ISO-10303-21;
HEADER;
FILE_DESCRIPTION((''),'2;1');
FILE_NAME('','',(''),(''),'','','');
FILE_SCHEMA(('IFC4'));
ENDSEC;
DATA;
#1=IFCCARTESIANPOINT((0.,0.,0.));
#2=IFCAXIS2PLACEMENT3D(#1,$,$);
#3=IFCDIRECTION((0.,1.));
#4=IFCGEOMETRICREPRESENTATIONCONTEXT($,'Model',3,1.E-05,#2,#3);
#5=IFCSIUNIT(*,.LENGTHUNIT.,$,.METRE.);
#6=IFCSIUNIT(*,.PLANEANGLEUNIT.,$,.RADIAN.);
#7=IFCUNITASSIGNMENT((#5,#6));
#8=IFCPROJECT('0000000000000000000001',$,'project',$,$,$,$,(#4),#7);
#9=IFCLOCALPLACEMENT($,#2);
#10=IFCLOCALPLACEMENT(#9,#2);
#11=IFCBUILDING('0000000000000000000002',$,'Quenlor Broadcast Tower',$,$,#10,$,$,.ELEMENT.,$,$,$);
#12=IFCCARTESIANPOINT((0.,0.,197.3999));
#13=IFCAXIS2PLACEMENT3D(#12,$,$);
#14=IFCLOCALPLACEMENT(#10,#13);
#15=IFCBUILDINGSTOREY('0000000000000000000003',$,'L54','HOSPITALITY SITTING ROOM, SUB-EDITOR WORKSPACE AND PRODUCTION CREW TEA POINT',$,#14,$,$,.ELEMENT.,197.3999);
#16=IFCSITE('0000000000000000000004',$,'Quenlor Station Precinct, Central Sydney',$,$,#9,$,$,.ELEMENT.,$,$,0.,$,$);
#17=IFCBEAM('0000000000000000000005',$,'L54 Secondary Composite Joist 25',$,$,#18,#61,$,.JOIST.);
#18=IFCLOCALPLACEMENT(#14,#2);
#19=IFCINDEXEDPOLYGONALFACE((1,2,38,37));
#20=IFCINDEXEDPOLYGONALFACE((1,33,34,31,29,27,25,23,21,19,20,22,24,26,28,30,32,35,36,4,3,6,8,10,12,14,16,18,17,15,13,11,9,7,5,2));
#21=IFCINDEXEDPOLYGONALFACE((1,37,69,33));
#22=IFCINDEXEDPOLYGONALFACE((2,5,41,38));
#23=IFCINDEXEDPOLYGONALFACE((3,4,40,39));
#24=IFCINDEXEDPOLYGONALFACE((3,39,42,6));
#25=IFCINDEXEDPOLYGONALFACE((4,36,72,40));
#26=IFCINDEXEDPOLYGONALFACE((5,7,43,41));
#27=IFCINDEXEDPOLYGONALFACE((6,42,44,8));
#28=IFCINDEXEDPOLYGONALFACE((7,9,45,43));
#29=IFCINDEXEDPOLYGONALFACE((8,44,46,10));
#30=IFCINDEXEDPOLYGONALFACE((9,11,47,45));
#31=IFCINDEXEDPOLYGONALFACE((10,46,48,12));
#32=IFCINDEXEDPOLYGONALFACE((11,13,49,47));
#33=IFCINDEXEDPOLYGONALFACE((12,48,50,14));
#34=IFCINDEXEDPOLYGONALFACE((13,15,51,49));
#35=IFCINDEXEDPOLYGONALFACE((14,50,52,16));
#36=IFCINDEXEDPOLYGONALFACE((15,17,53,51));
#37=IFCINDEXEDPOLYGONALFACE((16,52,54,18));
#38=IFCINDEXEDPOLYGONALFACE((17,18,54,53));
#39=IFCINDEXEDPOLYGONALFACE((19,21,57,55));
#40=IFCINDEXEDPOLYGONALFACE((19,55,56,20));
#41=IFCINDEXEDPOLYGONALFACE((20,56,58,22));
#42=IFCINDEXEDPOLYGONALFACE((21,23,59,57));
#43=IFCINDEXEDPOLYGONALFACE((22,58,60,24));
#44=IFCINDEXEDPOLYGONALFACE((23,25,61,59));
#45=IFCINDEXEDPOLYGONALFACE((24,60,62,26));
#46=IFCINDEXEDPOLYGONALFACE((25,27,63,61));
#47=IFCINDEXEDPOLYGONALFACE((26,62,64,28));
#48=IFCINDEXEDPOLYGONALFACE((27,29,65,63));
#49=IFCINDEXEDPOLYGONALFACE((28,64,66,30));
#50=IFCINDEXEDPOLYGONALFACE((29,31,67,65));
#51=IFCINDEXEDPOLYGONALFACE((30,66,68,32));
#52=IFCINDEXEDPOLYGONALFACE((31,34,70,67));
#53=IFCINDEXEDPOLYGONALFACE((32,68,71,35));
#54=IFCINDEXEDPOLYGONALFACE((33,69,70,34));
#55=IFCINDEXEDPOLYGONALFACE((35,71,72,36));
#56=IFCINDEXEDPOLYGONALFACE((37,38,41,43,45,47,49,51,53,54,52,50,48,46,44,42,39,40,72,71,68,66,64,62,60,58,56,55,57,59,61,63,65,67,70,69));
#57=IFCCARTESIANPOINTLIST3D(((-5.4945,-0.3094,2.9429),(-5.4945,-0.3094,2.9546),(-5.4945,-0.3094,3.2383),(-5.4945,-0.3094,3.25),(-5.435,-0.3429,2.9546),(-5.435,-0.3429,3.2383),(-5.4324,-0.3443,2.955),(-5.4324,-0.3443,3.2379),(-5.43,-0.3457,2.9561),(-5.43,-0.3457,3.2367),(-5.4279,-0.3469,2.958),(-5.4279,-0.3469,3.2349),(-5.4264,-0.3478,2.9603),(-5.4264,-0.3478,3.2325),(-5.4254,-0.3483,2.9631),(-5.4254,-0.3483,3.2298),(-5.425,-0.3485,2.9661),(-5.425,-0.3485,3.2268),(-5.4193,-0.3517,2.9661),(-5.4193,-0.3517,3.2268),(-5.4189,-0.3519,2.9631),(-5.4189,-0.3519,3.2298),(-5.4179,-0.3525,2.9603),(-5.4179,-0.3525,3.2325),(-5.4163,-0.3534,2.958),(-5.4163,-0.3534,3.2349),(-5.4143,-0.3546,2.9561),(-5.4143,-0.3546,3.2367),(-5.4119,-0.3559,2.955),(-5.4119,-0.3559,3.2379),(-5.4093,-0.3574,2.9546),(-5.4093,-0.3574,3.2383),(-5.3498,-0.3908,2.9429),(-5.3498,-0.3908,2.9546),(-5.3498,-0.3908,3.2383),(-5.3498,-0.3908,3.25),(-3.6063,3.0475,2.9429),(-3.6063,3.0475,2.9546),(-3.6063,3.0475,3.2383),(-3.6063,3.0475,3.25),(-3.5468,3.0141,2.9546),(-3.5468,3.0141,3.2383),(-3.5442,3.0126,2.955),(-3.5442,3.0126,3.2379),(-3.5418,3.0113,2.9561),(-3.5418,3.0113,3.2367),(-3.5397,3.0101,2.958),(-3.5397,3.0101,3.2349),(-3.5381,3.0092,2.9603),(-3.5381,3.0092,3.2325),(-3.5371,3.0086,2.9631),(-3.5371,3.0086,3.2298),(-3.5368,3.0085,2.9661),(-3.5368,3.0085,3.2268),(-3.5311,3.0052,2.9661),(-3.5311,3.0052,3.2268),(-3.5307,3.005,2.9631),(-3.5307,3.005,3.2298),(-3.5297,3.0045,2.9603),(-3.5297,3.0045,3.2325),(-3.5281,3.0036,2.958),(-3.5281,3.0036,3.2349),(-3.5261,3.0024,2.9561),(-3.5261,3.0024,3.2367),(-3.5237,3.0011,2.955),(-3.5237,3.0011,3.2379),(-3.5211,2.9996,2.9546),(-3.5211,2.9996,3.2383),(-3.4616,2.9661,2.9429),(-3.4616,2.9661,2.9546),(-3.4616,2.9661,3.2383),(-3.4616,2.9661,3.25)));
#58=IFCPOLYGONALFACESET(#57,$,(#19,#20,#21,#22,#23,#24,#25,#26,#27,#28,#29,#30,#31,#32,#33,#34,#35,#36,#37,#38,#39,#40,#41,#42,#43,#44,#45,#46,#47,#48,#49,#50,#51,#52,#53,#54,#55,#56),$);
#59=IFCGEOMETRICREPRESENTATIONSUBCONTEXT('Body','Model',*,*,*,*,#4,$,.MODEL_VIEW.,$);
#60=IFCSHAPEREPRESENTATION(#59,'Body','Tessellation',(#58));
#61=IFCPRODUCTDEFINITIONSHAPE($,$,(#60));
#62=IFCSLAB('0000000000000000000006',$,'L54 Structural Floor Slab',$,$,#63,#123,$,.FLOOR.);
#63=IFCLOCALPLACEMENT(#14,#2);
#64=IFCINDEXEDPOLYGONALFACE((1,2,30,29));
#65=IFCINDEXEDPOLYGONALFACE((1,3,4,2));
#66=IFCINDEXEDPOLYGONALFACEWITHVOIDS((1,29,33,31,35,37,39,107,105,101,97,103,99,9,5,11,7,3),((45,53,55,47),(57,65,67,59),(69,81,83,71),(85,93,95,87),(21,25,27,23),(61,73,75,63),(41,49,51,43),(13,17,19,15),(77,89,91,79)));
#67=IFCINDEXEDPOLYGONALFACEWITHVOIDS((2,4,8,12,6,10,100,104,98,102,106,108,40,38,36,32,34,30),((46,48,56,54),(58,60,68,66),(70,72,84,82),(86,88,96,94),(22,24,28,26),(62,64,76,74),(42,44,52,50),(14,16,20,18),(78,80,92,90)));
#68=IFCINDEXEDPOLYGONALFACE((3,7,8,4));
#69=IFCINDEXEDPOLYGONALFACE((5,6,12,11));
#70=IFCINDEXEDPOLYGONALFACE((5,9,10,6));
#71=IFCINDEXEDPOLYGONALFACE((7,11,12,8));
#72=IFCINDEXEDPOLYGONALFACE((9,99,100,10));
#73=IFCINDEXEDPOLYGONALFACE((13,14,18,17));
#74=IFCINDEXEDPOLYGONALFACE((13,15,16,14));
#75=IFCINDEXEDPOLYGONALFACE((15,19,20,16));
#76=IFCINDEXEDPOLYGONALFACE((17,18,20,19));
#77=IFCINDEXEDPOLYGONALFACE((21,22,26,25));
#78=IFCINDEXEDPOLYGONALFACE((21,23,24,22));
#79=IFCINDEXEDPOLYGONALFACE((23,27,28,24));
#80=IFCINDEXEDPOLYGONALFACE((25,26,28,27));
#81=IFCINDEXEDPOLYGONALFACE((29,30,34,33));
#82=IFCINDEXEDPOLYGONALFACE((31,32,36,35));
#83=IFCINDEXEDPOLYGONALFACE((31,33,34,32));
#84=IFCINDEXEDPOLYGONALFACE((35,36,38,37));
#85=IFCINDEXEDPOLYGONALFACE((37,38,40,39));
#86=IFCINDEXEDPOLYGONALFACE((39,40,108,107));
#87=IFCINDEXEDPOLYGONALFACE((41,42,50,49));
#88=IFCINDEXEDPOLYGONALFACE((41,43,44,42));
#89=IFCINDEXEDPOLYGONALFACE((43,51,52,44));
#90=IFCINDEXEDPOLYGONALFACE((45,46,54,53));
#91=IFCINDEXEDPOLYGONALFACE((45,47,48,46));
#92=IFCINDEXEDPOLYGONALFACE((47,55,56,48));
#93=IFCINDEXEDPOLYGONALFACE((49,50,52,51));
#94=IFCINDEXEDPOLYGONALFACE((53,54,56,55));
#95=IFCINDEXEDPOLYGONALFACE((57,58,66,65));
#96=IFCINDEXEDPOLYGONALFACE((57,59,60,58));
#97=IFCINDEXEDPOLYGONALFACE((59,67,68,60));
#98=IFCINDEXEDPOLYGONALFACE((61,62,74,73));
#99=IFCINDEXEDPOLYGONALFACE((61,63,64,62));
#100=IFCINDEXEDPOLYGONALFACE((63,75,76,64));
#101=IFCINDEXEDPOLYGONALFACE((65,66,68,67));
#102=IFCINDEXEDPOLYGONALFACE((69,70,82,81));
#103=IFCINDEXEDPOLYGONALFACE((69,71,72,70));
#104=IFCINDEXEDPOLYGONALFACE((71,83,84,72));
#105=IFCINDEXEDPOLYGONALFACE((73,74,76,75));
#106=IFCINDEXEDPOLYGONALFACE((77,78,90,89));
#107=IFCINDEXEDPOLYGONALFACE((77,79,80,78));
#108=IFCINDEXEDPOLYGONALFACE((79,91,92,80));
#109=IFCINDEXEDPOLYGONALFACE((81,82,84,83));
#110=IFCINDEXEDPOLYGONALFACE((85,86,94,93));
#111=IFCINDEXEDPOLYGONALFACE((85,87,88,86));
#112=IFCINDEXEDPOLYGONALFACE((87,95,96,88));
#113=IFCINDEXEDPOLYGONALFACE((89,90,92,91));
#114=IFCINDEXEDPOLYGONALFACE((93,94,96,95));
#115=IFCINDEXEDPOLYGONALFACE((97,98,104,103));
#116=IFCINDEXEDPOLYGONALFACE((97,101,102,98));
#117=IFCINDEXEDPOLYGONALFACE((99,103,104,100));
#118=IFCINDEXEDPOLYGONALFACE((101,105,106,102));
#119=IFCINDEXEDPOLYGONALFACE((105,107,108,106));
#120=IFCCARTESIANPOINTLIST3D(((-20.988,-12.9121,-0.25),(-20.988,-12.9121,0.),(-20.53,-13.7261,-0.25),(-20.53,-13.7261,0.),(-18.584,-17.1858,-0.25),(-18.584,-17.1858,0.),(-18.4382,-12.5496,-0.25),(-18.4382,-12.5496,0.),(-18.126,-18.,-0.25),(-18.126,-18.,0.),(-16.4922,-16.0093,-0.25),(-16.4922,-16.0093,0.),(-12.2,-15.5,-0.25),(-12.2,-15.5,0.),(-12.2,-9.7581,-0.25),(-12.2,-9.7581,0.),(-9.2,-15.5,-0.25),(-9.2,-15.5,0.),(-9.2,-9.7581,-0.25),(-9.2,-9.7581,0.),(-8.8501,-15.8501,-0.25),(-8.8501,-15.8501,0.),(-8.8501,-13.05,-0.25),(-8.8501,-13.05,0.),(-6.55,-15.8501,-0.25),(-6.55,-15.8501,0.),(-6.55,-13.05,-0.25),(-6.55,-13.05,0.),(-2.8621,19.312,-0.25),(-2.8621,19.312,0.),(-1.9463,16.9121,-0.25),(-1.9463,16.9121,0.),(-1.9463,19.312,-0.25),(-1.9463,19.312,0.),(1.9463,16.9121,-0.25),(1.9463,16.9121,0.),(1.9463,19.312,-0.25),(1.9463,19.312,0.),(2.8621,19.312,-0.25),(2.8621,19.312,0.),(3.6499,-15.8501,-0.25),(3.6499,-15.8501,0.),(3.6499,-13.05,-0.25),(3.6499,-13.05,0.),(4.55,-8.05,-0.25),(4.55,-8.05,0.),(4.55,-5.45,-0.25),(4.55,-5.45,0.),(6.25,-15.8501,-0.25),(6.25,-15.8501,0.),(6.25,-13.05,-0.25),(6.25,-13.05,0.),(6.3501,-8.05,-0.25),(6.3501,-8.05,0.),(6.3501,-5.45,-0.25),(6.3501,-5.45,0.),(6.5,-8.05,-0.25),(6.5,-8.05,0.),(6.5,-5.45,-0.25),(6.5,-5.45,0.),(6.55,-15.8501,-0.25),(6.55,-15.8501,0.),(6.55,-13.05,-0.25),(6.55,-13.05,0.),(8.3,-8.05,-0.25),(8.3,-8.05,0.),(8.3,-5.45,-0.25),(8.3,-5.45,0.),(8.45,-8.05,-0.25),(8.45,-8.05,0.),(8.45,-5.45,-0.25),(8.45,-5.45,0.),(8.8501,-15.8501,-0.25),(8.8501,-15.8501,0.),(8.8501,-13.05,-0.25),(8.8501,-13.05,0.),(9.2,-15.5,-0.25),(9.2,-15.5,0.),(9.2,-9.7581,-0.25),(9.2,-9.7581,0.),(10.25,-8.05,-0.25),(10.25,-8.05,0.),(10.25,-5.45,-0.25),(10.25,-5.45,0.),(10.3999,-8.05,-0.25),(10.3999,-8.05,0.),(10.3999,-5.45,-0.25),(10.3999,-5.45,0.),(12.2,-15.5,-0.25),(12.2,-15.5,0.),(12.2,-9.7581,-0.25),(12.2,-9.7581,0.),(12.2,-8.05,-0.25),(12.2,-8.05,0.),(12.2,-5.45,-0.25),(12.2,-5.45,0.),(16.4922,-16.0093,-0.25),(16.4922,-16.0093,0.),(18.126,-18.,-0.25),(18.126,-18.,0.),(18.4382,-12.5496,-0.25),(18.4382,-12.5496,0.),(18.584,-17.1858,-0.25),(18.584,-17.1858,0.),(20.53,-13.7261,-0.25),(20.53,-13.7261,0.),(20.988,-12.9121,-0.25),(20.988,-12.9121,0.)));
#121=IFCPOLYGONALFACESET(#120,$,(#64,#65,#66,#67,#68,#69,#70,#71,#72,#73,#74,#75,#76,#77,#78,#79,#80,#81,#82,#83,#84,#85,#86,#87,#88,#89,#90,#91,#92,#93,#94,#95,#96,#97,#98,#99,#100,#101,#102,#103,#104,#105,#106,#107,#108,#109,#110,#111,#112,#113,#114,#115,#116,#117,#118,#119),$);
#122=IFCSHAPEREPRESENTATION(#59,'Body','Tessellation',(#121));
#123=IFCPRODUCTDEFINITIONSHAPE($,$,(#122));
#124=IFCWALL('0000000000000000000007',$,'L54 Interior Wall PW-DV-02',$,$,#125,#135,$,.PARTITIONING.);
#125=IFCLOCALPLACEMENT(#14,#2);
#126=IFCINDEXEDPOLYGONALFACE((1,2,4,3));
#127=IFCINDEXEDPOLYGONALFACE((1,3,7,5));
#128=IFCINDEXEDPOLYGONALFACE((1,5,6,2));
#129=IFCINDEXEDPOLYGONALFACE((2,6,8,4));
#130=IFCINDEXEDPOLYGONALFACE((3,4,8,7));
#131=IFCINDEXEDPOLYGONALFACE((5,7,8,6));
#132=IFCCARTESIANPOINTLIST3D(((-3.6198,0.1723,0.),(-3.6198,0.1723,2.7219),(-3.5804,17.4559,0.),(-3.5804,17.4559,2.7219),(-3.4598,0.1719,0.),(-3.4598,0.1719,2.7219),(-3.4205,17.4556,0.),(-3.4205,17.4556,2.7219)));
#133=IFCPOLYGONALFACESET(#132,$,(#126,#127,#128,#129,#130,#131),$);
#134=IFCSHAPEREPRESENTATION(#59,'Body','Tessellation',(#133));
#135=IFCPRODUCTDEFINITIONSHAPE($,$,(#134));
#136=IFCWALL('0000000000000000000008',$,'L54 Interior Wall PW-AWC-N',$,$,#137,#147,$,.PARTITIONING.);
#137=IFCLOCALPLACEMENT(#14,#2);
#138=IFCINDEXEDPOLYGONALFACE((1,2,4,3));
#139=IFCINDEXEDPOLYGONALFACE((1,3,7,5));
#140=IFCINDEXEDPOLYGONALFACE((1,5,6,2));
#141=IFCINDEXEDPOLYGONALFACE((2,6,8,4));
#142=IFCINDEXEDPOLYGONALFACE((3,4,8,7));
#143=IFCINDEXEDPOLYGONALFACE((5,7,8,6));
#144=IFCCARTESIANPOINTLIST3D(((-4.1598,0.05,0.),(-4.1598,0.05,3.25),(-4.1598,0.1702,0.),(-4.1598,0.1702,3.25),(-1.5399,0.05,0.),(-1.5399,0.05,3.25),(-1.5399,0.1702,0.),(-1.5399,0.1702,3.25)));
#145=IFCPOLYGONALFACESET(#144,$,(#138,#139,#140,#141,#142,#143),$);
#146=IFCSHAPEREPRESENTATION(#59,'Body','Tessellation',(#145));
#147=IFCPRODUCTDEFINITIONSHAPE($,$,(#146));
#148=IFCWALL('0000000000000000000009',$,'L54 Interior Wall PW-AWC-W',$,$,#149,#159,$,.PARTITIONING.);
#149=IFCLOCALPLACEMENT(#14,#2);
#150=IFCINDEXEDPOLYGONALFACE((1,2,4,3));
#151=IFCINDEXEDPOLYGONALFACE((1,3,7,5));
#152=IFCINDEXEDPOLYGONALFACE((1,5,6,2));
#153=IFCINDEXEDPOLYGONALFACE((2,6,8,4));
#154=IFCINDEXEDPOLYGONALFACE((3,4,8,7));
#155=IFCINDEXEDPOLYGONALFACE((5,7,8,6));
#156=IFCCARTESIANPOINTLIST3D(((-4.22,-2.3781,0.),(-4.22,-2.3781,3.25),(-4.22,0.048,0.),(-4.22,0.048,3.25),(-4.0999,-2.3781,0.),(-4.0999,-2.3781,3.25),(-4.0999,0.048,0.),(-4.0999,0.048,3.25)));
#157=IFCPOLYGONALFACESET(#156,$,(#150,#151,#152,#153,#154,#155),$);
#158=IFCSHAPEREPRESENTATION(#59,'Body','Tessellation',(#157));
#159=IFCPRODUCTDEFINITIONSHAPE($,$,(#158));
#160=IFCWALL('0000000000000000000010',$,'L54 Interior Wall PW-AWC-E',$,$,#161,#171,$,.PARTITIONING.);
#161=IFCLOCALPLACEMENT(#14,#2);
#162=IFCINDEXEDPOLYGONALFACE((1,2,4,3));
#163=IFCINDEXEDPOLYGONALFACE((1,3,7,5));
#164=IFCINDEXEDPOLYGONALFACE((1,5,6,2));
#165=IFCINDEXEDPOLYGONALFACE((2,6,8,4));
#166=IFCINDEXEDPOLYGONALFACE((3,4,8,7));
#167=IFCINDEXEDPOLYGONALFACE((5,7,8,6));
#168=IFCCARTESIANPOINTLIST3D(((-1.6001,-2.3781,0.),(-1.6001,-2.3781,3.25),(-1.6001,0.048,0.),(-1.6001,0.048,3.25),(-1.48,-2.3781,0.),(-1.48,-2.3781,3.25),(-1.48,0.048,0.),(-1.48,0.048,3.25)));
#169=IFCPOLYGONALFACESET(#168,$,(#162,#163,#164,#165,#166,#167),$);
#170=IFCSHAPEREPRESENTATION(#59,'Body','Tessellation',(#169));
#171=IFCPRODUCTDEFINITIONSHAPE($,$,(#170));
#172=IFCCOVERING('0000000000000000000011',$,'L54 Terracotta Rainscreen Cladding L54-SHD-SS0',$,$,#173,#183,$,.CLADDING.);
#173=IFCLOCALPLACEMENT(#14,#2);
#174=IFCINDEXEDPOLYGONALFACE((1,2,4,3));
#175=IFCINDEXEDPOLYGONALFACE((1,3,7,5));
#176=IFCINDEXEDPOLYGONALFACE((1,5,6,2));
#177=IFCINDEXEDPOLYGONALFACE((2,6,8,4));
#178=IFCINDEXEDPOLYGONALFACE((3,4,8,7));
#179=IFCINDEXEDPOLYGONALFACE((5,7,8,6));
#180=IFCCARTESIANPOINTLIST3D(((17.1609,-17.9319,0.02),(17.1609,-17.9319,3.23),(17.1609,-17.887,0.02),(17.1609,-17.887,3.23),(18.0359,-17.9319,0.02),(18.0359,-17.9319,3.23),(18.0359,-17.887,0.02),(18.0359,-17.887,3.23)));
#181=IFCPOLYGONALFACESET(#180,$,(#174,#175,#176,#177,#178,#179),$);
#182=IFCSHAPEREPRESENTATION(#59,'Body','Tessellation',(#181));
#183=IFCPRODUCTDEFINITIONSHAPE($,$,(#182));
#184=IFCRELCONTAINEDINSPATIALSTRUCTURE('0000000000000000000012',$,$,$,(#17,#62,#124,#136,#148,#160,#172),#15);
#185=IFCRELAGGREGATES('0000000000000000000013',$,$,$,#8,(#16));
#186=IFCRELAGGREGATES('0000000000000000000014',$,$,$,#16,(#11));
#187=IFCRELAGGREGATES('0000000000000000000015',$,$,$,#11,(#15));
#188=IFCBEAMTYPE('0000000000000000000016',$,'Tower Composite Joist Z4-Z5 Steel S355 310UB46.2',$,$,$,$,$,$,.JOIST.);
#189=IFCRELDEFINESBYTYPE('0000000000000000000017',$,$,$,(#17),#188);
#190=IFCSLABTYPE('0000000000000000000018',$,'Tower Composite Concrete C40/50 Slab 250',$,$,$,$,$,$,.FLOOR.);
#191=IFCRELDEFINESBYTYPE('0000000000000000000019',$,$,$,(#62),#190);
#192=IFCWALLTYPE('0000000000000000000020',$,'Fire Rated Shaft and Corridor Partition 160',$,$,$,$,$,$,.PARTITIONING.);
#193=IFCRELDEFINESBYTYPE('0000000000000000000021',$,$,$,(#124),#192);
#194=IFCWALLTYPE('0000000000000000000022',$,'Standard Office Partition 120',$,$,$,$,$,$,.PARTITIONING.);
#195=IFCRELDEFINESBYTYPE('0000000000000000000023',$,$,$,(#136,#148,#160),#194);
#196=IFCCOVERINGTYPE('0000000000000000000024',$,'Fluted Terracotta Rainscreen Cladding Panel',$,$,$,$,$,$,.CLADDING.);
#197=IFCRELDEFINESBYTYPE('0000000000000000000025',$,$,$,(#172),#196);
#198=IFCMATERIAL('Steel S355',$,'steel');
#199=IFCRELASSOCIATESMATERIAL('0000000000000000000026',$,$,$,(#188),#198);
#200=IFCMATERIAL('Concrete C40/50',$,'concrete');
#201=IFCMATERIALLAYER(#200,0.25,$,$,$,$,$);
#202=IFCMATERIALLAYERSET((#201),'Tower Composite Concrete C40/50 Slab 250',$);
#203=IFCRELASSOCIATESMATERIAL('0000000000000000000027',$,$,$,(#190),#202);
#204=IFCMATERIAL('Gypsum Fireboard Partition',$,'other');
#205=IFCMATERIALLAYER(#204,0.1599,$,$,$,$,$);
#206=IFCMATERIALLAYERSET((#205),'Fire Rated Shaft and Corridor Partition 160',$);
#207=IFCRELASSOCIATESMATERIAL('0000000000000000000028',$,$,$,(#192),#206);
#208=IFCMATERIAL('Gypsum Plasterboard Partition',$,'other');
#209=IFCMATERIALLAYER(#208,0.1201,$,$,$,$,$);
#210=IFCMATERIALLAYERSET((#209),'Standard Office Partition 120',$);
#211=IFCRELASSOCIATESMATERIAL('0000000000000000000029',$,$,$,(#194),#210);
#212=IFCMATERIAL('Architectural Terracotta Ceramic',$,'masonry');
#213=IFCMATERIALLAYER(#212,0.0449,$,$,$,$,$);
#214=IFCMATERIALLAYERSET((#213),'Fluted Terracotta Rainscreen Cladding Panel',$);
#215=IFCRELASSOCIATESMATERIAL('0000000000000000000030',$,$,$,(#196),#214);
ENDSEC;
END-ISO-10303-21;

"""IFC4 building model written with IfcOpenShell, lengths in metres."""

from ifc_helpers import new_model, si_unit, direction, frame, frame_2d, origin, origin_2d, place, context, subcontext, project, spatial, polyline, rectangle, i_section, outline, extrude, material, layer, layer_set, material_profile, profile_set, type_object, element, save


model = new_model("IFC4")

# Units and contexts
model_context = context("Model", 3, precision=1e-05, world=origin(), true_north=direction((0.0, 1.0)))
body_context = subcontext(model_context, "Body", "Model", "MODEL_VIEW")
ifc_project = project(units=[si_unit("LENGTHUNIT", "METRE"), si_unit("PLANEANGLEUNIT", "RADIAN")], contexts=[model_context])

# Site, building, storey
site_placement = place(None, origin())
site = spatial("IfcSite", under=ifc_project, at=site_placement, Name="Quenlor Station Precinct, Central Sydney", CompositionType="ELEMENT", RefElevation=0.0)
building_placement = place(site_placement, origin())
building = spatial("IfcBuilding", under=site, at=building_placement, Name="Quenlor Broadcast Tower", CompositionType="ELEMENT")
storey_placement = place(building_placement, frame((0.0, 0.0, 197.3999)))
storey = spatial("IfcBuildingStorey", under=building, at=storey_placement, Name="L54", Description="HOSPITALITY SITTING ROOM, SUB-EDITOR WORKSPACE AND PRODUCTION CREW TEA POINT", CompositionType="ELEMENT", Elevation=197.3999)

# Beam
ifc_material_1 = material(Name="Steel S355", Category="steel")
ifc_material_profile = material_profile(ifc_material_1, i_section(OverallWidth=0.166, OverallDepth=0.3071, WebThickness=0.0066, FlangeThickness=0.0117, FilletRadius=0.0115, at=origin_2d()))
ifc_profile_set = profile_set([ifc_material_profile], Name="Steel S355 310UB46.2")
beam_type = type_object("IfcBeamType", Name="Tower Composite Joist Z4-Z5 Steel S355 310UB46.2", PredefinedType="JOIST", material=ifc_profile_set)
beam_placement = place(storey_placement, frame((-3.5339, 3.0068, 3.0964), z_axis=(-0.490243, -0.871586, 0.0), x_axis=(0.871586, -0.490243, 0.0)))
element("IfcBeam", 1, at=beam_placement, inside=storey, type_object=beam_type, Name="L54 Secondary Composite Joist 25", PredefinedType="JOIST", context=body_context, shape_type="SweptSolid", body=[
    extrude(i_section(OverallWidth=0.166, OverallDepth=0.3071, WebThickness=0.0066, FlangeThickness=0.0117, FilletRadius=0.0115, at=origin_2d()), origin(), (0.0, 0.0, 1.0), 3.8516),
])

# Slab
ifc_material_2 = material(Name="Concrete C40/50", Category="concrete")
ifc_layer_1 = layer(ifc_material_2, 0.25)
ifc_layer_set_1 = layer_set([ifc_layer_1], Name="Tower Composite Concrete C40/50 Slab 250")
slab_type = type_object("IfcSlabType", Name="Tower Composite Concrete C40/50 Slab 250", PredefinedType="FLOOR", material=ifc_layer_set_1)
slab_placement = place(storey_placement, frame((0.0, 0.0, -0.25)))
element("IfcSlab", 2, at=slab_placement, inside=storey, type_object=slab_type, Name="L54 Structural Floor Slab", PredefinedType="FLOOR", context=body_context, shape_type="SweptSolid", body=[
    extrude(outline(polyline([(18.126, -18.0), (18.584, -17.1858), (16.4922, -16.0093), (18.4382, -12.5496), (20.53, -13.7261), (20.988, -12.9121), (2.8621, 19.312), (1.9463, 19.312), (1.9463, 16.9121), (-1.9463, 16.9121), (-1.9463, 19.312), (-2.8621, 19.312), (-20.988, -12.9121), (-20.53, -13.7261), (-18.4382, -12.5496), (-16.4922, -16.0093), (-18.584, -17.1858), (-18.126, -18.0), (18.126, -18.0)]), holes=[polyline([(-12.2, -9.7581), (-12.2, -15.5), (-9.2, -15.5), (-9.2, -9.7581), (-12.2, -9.7581)]), polyline([(9.2, -9.7581), (9.2, -15.5), (12.2, -15.5), (12.2, -9.7581), (9.2, -9.7581)]), polyline([(4.55, -8.05), (6.3501, -8.05), (6.3501, -5.45), (4.55, -5.45), (4.55, -8.05)]), polyline([(6.5, -8.05), (8.3, -8.05), (8.3, -5.45), (6.5, -5.45), (6.5, -8.05)]), polyline([(8.45, -8.05), (10.25, -8.05), (10.25, -5.45), (8.45, -5.45), (8.45, -8.05)]), polyline([(10.3999, -8.05), (12.2, -8.05), (12.2, -5.45), (10.3999, -5.45), (10.3999, -8.05)]), polyline([(-8.8501, -15.8501), (-6.55, -15.8501), (-6.55, -13.05), (-8.8501, -13.05), (-8.8501, -15.8501)]), polyline([(6.55, -15.8501), (8.8501, -15.8501), (8.8501, -13.05), (6.55, -13.05), (6.55, -15.8501)]), polyline([(3.6499, -15.8501), (6.25, -15.8501), (6.25, -13.05), (3.6499, -13.05), (3.6499, -15.8501)])]), origin(), (0.0, 0.0, 1.0), 0.25),
])

# Walls
ifc_material_3 = material(Name="Gypsum Fireboard Partition", Category="other")
ifc_layer_2 = layer(ifc_material_3, 0.1599)
ifc_layer_set_2 = layer_set([ifc_layer_2], Name="Fire Rated Shaft and Corridor Partition 160")
wall_type_1 = type_object("IfcWallType", Name="Fire Rated Shaft and Corridor Partition 160", PredefinedType="PARTITIONING", material=ifc_layer_set_2)
wall_1_placement = place(storey_placement, frame((-3.5398, 0.1721, 0.0), z_axis=(0.0, 0.0, 1.0), x_axis=(0.002274, 0.999997, 0.0)))
element("IfcWall", 3, at=wall_1_placement, inside=storey, type_object=wall_type_1, Name="L54 Interior Wall PW-DV-02", PredefinedType="PARTITIONING", context=body_context, shape_type="SweptSolid", body=[
    extrude(rectangle(XDim=17.2837, YDim=0.1599, at=frame_2d((8.6418, 0.0))), origin(), (0.0, 0.0, 1.0), 2.7219),
])
ifc_material_4 = material(Name="Gypsum Plasterboard Partition", Category="other")
ifc_layer_3 = layer(ifc_material_4, 0.1201)
ifc_layer_set_3 = layer_set([ifc_layer_3], Name="Standard Office Partition 120")
wall_type_2 = type_object("IfcWallType", Name="Standard Office Partition 120", PredefinedType="PARTITIONING", material=ifc_layer_set_3)
wall_2_placement = place(storey_placement, frame((-4.1599, 0.1101, 0.0), z_axis=(0.0, 0.0, 1.0), x_axis=(1.0, 0.0, 0.0)))
element("IfcWall", 4, at=wall_2_placement, inside=storey, type_object=wall_type_2, Name="L54 Interior Wall PW-AWC-N", PredefinedType="PARTITIONING", context=body_context, shape_type="SweptSolid", body=[
    extrude(rectangle(XDim=2.6199, YDim=0.1201, at=frame_2d((1.3101, 0.0))), origin(), (0.0, 0.0, 1.0), 3.25),
])
for number, where, z_axis, x_axis, name in (
    (5, (-4.1599, -2.3779, 0.0), (0.0, 0.0, 1.0), (0.0, 1.0, 0.0), "L54 Interior Wall PW-AWC-W"),
    (6, (-1.54, -2.3779, 0.0), (0.0, 0.0, 1.0), (0.0, 1.0, 0.0), "L54 Interior Wall PW-AWC-E"),
):
    element("IfcWall", number, at=place(storey_placement, frame(where, z_axis=z_axis, x_axis=x_axis)), inside=storey, type_object=wall_type_2, Name=name, PredefinedType="PARTITIONING", context=body_context, shape_type="SweptSolid", body=[
        extrude(rectangle(XDim=2.426, YDim=0.1201, at=frame_2d((1.2129, 0.0))), origin(), (0.0, 0.0, 1.0), 3.25),
    ])

# Covering
ifc_material_5 = material(Name="Architectural Terracotta Ceramic", Category="masonry")
ifc_layer_4 = layer(ifc_material_5, 0.0449)
ifc_layer_set_4 = layer_set([ifc_layer_4], Name="Fluted Terracotta Rainscreen Cladding Panel")
covering_type = type_object("IfcCoveringType", Name="Fluted Terracotta Rainscreen Cladding Panel", PredefinedType="CLADDING", material=ifc_layer_set_4)
covering_1_placement = place(storey_placement, frame((0.0, 0.0, 0.02)))
element("IfcCovering", 7, at=covering_1_placement, inside=storey, type_object=covering_type, Name="L54 Terracotta Rainscreen Cladding L54-SHD-SS0", PredefinedType="CLADDING", context=body_context, shape_type="SweptSolid", body=[
    extrude(outline(polyline([(18.0359, -17.887), (17.1609, -17.887), (17.1609, -17.9319), (18.0359, -17.9319), (18.0359, -17.887)])), origin(), (0.0, 0.0, 1.0), 3.21),
])

save(model, "model.ifc")
